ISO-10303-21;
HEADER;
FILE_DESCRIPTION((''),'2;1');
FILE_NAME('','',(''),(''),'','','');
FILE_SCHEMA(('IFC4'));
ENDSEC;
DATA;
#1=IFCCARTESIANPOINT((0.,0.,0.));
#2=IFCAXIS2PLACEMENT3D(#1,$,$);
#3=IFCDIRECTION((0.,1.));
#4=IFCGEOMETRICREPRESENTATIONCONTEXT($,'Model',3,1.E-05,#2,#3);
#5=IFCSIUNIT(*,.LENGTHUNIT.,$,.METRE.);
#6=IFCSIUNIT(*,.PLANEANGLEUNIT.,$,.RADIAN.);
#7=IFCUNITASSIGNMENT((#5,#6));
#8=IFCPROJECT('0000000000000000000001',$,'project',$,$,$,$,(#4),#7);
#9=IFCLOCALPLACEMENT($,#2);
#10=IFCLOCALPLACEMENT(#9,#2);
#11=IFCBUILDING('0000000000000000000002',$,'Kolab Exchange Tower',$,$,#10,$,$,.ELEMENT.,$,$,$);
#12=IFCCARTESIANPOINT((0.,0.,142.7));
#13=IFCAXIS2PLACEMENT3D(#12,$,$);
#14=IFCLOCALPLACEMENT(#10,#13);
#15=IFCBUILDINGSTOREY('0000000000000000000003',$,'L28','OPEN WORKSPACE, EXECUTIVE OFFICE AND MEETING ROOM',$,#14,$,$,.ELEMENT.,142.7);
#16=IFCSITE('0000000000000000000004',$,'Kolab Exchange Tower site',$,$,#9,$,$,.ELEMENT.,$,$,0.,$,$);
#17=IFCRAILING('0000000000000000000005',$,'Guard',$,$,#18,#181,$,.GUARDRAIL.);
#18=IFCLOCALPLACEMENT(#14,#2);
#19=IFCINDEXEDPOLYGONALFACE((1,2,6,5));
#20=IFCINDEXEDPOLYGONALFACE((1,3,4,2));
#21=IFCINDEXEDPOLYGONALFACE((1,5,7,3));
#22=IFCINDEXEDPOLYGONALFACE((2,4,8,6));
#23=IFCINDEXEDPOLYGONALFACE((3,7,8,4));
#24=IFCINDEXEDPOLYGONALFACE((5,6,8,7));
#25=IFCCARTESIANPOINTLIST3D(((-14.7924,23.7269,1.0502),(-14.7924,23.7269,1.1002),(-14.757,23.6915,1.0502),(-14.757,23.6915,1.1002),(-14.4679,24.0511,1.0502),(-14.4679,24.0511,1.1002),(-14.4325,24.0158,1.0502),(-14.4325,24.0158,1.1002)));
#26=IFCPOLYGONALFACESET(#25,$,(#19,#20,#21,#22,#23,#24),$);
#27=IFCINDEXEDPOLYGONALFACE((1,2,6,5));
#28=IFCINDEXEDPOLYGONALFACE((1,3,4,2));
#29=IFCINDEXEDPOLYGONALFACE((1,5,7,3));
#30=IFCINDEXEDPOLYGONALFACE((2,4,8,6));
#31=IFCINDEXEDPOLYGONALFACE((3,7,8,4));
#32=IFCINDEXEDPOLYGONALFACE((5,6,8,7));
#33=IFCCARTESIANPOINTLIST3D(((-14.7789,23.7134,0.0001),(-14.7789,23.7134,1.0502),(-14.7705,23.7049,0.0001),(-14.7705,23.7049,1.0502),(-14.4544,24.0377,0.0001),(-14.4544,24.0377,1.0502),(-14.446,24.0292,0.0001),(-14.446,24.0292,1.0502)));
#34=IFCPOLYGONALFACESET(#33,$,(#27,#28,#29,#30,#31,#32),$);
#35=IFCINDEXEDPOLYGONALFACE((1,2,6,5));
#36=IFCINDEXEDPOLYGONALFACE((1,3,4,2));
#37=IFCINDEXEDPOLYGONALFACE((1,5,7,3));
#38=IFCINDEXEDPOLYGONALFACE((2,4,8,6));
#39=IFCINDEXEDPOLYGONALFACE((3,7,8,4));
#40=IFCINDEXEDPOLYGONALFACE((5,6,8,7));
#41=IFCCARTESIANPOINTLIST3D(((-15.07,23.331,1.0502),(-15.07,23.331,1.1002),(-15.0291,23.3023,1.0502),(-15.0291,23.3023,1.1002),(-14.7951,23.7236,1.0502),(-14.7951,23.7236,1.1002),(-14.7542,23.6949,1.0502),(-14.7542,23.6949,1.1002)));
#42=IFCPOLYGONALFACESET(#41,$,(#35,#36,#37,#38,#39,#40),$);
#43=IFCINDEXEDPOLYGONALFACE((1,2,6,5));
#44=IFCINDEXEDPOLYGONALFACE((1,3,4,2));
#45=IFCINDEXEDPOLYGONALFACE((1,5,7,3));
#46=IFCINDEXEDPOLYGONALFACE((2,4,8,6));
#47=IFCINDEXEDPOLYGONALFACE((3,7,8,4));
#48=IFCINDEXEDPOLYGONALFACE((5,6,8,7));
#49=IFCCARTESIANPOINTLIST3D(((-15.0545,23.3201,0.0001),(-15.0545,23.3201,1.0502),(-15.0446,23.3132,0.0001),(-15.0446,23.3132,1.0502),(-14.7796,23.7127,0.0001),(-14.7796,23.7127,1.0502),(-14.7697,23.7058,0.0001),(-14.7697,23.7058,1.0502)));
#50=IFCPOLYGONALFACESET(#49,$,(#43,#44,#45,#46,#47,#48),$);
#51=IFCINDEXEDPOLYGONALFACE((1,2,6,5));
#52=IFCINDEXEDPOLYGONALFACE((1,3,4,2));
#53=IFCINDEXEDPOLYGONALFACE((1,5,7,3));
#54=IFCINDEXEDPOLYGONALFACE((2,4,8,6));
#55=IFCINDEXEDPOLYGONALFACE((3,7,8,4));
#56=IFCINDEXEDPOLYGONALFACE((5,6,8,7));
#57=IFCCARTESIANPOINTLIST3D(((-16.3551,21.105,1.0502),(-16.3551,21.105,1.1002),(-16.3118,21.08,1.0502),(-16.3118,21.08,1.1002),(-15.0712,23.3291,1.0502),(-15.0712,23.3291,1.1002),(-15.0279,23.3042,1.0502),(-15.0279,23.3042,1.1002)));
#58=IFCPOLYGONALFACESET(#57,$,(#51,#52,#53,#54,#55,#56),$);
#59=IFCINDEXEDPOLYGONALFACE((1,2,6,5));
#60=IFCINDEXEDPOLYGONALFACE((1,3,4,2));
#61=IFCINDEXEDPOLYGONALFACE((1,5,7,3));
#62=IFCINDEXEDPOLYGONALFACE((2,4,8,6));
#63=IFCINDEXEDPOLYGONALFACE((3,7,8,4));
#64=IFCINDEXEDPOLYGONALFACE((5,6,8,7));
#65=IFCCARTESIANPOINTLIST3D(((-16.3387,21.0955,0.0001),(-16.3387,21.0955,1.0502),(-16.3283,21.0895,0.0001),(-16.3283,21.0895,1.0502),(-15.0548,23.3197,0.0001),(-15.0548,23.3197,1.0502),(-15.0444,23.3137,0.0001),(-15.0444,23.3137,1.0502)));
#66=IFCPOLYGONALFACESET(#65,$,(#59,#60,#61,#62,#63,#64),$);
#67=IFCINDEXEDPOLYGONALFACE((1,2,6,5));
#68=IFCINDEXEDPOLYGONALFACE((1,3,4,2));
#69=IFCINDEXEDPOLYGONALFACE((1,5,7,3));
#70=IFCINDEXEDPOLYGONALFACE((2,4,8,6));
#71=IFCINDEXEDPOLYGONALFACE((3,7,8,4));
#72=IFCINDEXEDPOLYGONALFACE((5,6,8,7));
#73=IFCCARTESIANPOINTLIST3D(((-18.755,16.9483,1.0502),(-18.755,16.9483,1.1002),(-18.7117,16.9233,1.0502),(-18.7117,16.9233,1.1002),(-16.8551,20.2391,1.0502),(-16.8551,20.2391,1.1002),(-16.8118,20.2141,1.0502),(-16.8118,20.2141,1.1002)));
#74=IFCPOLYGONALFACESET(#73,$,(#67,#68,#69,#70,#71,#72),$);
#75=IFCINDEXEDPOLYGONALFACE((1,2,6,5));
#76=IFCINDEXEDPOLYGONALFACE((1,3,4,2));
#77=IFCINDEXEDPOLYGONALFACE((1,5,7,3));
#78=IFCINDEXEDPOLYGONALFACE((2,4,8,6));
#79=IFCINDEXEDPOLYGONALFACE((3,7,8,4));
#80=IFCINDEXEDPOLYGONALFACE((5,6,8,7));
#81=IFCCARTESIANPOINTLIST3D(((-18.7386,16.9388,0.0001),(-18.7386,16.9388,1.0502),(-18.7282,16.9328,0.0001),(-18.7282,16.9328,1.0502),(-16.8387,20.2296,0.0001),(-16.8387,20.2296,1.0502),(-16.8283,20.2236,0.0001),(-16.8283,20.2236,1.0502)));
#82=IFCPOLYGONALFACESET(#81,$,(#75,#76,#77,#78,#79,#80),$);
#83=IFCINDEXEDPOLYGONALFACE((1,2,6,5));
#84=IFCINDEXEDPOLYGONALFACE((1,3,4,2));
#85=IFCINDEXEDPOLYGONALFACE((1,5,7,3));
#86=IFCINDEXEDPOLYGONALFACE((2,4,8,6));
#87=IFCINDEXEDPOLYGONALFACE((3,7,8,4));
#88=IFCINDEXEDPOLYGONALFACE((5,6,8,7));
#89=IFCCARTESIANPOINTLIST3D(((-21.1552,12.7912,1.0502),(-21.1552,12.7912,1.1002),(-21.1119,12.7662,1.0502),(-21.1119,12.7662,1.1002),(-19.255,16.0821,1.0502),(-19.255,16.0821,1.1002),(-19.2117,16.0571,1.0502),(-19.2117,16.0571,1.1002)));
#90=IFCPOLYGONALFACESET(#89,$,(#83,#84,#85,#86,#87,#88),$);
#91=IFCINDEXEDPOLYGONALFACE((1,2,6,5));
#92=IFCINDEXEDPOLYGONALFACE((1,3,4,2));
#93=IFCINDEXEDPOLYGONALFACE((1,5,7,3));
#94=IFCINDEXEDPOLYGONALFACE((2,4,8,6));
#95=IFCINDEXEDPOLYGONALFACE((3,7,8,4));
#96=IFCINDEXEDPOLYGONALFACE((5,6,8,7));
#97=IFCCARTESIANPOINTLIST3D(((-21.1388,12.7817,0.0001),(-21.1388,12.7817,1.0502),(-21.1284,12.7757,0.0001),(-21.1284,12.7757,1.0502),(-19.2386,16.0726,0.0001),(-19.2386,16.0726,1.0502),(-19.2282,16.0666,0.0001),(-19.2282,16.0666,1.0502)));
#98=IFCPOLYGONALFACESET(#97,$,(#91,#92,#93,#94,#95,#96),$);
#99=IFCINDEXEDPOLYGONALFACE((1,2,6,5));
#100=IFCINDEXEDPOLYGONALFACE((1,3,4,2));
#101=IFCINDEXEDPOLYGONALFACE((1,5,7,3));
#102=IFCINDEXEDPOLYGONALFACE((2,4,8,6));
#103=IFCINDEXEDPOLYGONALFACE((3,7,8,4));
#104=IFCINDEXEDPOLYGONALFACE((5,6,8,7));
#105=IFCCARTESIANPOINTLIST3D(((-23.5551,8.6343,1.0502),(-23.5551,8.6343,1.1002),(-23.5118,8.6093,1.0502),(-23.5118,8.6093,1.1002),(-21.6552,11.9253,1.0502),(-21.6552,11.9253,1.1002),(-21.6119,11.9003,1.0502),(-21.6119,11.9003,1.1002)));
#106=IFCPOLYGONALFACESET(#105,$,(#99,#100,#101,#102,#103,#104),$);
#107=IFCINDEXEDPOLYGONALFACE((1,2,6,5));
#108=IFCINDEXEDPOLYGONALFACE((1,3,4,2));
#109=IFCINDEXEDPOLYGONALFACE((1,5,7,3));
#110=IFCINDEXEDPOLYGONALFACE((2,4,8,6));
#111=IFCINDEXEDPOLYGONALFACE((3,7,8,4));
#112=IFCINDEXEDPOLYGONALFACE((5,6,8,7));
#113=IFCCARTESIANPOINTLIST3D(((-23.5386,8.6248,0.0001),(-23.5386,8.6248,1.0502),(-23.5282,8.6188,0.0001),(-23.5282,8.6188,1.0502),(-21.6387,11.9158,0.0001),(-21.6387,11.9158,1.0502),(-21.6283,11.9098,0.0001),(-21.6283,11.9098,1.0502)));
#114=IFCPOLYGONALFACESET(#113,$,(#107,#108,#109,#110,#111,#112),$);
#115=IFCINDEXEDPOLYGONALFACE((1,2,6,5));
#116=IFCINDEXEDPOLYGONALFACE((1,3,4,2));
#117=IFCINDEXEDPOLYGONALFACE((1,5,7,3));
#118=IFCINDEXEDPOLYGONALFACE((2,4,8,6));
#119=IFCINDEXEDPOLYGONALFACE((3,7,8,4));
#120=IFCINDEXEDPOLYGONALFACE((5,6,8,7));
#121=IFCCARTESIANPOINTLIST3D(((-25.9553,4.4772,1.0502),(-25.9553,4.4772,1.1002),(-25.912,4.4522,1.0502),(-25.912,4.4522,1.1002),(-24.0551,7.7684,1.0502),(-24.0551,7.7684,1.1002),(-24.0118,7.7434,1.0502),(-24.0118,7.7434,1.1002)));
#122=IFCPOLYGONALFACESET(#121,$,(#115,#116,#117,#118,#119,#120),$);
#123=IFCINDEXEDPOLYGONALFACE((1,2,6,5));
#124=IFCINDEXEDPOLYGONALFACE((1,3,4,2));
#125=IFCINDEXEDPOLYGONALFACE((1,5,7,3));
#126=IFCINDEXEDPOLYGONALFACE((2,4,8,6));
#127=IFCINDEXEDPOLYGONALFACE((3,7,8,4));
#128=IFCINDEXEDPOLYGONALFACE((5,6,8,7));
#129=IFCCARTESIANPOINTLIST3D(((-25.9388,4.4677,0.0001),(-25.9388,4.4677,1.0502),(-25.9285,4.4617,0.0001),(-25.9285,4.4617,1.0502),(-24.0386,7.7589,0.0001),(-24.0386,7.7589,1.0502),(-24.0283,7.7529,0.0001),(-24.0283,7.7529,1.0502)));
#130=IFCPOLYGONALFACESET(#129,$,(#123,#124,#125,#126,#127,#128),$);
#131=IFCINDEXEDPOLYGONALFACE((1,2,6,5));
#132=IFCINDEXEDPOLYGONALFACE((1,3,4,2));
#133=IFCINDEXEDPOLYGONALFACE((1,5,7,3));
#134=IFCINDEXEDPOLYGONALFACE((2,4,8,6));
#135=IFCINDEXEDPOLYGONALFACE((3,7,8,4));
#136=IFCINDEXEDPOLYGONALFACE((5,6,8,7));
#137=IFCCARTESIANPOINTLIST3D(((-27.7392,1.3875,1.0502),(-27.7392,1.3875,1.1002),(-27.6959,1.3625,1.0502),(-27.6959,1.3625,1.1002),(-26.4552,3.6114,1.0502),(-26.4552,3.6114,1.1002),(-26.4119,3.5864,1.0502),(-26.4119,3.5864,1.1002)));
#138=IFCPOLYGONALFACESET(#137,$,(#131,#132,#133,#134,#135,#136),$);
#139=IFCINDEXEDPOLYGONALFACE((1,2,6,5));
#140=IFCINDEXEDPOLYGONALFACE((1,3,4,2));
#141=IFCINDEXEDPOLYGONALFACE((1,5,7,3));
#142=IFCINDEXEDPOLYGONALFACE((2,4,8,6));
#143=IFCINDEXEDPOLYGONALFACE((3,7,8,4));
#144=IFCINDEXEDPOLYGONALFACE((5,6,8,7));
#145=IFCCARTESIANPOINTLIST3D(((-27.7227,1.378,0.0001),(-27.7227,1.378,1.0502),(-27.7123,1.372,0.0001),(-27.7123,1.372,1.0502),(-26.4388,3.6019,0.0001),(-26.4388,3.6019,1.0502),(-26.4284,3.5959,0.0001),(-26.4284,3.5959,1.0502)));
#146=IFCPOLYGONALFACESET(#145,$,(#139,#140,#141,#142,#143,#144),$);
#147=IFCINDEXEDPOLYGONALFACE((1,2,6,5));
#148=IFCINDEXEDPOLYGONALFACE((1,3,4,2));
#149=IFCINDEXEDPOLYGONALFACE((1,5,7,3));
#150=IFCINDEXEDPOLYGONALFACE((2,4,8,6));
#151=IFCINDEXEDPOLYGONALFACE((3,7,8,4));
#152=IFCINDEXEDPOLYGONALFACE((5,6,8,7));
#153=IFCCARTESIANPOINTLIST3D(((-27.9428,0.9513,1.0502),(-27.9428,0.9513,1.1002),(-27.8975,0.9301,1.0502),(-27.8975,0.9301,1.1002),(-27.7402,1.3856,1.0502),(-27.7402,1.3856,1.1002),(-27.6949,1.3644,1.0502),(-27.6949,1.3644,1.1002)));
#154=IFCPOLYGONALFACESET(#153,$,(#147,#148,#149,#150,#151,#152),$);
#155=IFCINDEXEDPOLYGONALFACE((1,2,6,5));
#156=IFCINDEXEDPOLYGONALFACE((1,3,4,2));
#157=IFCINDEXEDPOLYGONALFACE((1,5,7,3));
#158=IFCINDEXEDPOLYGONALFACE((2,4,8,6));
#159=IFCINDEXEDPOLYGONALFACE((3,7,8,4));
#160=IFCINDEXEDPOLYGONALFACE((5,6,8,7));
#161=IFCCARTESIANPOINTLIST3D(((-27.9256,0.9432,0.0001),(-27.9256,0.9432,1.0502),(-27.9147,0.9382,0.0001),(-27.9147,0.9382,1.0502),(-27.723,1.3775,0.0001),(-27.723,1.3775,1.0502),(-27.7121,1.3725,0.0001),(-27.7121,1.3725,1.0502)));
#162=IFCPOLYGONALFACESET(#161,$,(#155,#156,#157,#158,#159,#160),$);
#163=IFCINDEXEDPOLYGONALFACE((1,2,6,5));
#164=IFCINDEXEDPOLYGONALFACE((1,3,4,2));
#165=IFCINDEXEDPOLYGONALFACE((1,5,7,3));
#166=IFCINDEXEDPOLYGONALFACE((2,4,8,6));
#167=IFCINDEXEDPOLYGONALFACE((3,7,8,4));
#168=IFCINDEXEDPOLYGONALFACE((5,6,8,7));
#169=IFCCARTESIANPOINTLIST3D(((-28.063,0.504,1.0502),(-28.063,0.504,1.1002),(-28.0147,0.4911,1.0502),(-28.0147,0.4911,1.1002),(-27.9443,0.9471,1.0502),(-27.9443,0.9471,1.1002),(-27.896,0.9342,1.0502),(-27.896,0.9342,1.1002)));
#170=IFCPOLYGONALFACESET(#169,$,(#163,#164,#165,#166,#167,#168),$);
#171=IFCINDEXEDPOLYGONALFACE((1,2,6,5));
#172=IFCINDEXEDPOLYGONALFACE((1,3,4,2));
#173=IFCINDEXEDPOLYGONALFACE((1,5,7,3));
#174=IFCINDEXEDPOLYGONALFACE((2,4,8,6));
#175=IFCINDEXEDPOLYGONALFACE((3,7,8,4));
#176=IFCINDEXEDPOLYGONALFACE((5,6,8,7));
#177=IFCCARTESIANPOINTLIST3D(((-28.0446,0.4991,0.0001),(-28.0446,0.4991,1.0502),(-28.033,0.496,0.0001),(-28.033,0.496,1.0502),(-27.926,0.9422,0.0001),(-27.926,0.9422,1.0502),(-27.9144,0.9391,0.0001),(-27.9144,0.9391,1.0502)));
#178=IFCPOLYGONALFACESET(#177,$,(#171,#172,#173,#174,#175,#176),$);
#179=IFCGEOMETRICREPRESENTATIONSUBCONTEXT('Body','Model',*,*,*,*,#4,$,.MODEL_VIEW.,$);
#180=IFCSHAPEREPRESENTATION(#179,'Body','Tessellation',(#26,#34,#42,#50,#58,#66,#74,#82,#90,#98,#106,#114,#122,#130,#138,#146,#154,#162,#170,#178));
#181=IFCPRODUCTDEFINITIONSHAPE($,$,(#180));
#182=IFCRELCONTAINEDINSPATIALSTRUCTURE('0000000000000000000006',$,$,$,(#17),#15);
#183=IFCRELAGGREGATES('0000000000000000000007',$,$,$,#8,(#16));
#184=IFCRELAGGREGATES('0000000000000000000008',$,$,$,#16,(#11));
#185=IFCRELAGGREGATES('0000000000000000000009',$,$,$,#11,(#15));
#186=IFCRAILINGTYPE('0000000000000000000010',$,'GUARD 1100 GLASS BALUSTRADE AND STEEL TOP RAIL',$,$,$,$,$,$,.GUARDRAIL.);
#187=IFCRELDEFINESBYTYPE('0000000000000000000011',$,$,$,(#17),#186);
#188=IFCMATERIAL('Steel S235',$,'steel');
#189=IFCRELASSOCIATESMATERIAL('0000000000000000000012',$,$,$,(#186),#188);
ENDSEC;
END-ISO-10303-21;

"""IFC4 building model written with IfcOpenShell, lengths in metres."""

from ifc_helpers import new_model, si_unit, direction, frame, frame_2d, origin, origin_2d, place, context, subcontext, project, spatial, rectangle, extrude, material, type_object, element, save


model = new_model("IFC4")

# Units and contexts
model_context = context("Model", 3, precision=1e-05, world=origin(), true_north=direction((0.0, 1.0)))
body_context = subcontext(model_context, "Body", "Model", "MODEL_VIEW")
ifc_project = project(units=[si_unit("LENGTHUNIT", "METRE"), si_unit("PLANEANGLEUNIT", "RADIAN")], contexts=[model_context])

# Site, building, storey
site_placement = place(None, origin())
site = spatial("IfcSite", under=ifc_project, at=site_placement, Name="Kolab Exchange Tower site", CompositionType="ELEMENT", RefElevation=0.0)
building_placement = place(site_placement, origin())
building = spatial("IfcBuilding", under=site, at=building_placement, Name="Kolab Exchange Tower", CompositionType="ELEMENT")
storey_placement = place(building_placement, frame((0.0, 0.0, 142.7)))
storey = spatial("IfcBuildingStorey", under=building, at=storey_placement, Name="L28", Description="OPEN WORKSPACE, EXECUTIVE OFFICE AND MEETING ROOM", CompositionType="ELEMENT", Elevation=142.7)

# Shared definitions
ifc_material_1 = material(Name="Steel S235", Category="steel")

# Railing
railing_type = type_object("IfcRailingType", Name="GUARD 1100 GLASS BALUSTRADE AND STEEL TOP RAIL", PredefinedType="GUARDRAIL", material=ifc_material_1)
railing_placement = place(storey_placement, frame((-14.4502, 24.0334, 0.0)))
element("IfcRailing", 1, at=railing_placement, inside=storey, type_object=railing_type, Name="Guard", PredefinedType="GUARDRAIL", context=body_context, shape_type="SweptSolid", body=[
    extrude(rectangle(XDim=0.05, YDim=0.05, at=origin_2d()), frame((0.0, 0.0, 1.0752), z_axis=(-0.707373, -0.706841, 0.0), x_axis=(0.706841, -0.707373, 0.0)), (0.0, 0.0, 1.0), 0.4587),
    extrude(rectangle(XDim=0.012, YDim=1.0501, at=frame_2d((0.0, 0.5251))), frame((0.0, 0.0, 0.0), z_axis=(-0.707373, -0.706841, 0.0), x_axis=(0.706841, -0.707373, 0.0)), (0.0, 0.0, 1.0), 0.4587),
    extrude(rectangle(XDim=0.05, YDim=0.05, at=origin_2d()), frame((-0.3245, -0.3242, 1.0752), z_axis=(-0.573599, -0.819136, 0.0), x_axis=(0.819136, -0.573599, 0.0)), (0.0, 0.0, 1.0), 0.4792),
    extrude(rectangle(XDim=0.012, YDim=1.0501, at=frame_2d((0.0, 0.5251))), frame((-0.3245, -0.3242, 0.0), z_axis=(-0.573599, -0.819136, 0.0), x_axis=(0.819136, -0.573599, 0.0)), (0.0, 0.0, 1.0), 0.4792),
    extrude(rectangle(XDim=0.05, YDim=0.05, at=origin_2d()), frame((-0.5994, -0.7168, 1.0752), z_axis=(-0.499953, -0.866053, 0.0), x_axis=(0.866053, -0.499953, 0.0)), (0.0, 0.0, 1.0), 2.5681),
    extrude(rectangle(XDim=0.012, YDim=1.0501, at=frame_2d((0.0, 0.5251))), frame((-0.5994, -0.7168, 0.0), z_axis=(-0.499953, -0.866053, 0.0), x_axis=(0.866053, -0.499953, 0.0)), (0.0, 0.0, 1.0), 2.5681),
    extrude(rectangle(XDim=0.05, YDim=0.05, at=origin_2d()), frame((-2.3833, -3.8069, 1.0752), z_axis=(-0.499995, -0.866028, 0.0), x_axis=(0.866028, -0.499995, 0.0)), (0.0, 0.0, 1.0), 3.7998),
    extrude(rectangle(XDim=0.012, YDim=1.0501, at=frame_2d((0.0, 0.5251))), frame((-2.3833, -3.8069, 0.0), z_axis=(-0.499995, -0.866028, 0.0), x_axis=(0.866028, -0.499995, 0.0)), (0.0, 0.0, 1.0), 3.7998),
    extrude(rectangle(XDim=0.05, YDim=0.05, at=origin_2d()), frame((-4.7832, -7.9639, 1.0752), z_axis=(-0.500043, -0.866, 0.0), x_axis=(0.866, -0.500043, 0.0)), (0.0, 0.0, 1.0), 3.8),
    extrude(rectangle(XDim=0.012, YDim=1.0501, at=frame_2d((0.0, 0.5251))), frame((-4.7832, -7.9639, 0.0), z_axis=(-0.500043, -0.866, 0.0), x_axis=(0.866, -0.500043, 0.0)), (0.0, 0.0, 1.0), 3.8),
    extrude(rectangle(XDim=0.05, YDim=0.05, at=origin_2d()), frame((-7.1833, -12.1206, 1.0752), z_axis=(-0.499967, -0.866044, 0.0), x_axis=(0.866044, -0.499967, 0.0)), (0.0, 0.0, 1.0), 3.8),
    extrude(rectangle(XDim=0.012, YDim=1.0501, at=frame_2d((0.0, 0.5251))), frame((-7.1833, -12.1206, 0.0), z_axis=(-0.499967, -0.866044, 0.0), x_axis=(0.866044, -0.499967, 0.0)), (0.0, 0.0, 1.0), 3.8),
    extrude(rectangle(XDim=0.05, YDim=0.05, at=origin_2d()), frame((-9.5833, -16.2776, 1.0752), z_axis=(-0.500015, -0.866017, 0.0), x_axis=(0.866017, -0.500015, 0.0)), (0.0, 0.0, 1.0), 3.8003),
    extrude(rectangle(XDim=0.012, YDim=1.0501, at=frame_2d((0.0, 0.5251))), frame((-9.5833, -16.2776, 0.0), z_axis=(-0.500015, -0.866017, 0.0), x_axis=(0.866017, -0.500015, 0.0)), (0.0, 0.0, 1.0), 3.8003),
    extrude(rectangle(XDim=0.05, YDim=0.05, at=origin_2d()), frame((-11.9834, -20.4346, 1.0752), z_axis=(-0.499994, -0.866029, 0.0), x_axis=(0.866029, -0.499994, 0.0)), (0.0, 0.0, 1.0), 2.5679),
    extrude(rectangle(XDim=0.012, YDim=1.0501, at=frame_2d((0.0, 0.5251))), frame((-11.9834, -20.4346, 0.0), z_axis=(-0.499994, -0.866029, 0.0), x_axis=(0.866029, -0.499994, 0.0)), (0.0, 0.0, 1.0), 2.5679),
    extrude(rectangle(XDim=0.05, YDim=0.05, at=origin_2d()), frame((-13.2673, -22.6584, 1.0752), z_axis=(-0.422802, -0.906222, 0.0), x_axis=(0.906222, -0.422802, 0.0)), (0.0, 0.0, 1.0), 0.4792),
    extrude(rectangle(XDim=0.012, YDim=1.0501, at=frame_2d((0.0, 0.5251))), frame((-13.2673, -22.6584, 0.0), z_axis=(-0.422802, -0.906222, 0.0), x_axis=(0.906222, -0.422802, 0.0)), (0.0, 0.0, 1.0), 0.4792),
    extrude(rectangle(XDim=0.05, YDim=0.05, at=origin_2d()), frame((-13.47, -23.0928, 1.0752), z_axis=(-0.258656, -0.965969, 0.0), x_axis=(0.965969, -0.258656, 0.0)), (0.0, 0.0, 1.0), 0.4587),
    extrude(rectangle(XDim=0.012, YDim=1.0501, at=frame_2d((0.0, 0.5251))), frame((-13.47, -23.0928, 0.0), z_axis=(-0.258656, -0.965969, 0.0), x_axis=(0.965969, -0.258656, 0.0)), (0.0, 0.0, 1.0), 0.4587),
])

save(model, "model.ifc")
